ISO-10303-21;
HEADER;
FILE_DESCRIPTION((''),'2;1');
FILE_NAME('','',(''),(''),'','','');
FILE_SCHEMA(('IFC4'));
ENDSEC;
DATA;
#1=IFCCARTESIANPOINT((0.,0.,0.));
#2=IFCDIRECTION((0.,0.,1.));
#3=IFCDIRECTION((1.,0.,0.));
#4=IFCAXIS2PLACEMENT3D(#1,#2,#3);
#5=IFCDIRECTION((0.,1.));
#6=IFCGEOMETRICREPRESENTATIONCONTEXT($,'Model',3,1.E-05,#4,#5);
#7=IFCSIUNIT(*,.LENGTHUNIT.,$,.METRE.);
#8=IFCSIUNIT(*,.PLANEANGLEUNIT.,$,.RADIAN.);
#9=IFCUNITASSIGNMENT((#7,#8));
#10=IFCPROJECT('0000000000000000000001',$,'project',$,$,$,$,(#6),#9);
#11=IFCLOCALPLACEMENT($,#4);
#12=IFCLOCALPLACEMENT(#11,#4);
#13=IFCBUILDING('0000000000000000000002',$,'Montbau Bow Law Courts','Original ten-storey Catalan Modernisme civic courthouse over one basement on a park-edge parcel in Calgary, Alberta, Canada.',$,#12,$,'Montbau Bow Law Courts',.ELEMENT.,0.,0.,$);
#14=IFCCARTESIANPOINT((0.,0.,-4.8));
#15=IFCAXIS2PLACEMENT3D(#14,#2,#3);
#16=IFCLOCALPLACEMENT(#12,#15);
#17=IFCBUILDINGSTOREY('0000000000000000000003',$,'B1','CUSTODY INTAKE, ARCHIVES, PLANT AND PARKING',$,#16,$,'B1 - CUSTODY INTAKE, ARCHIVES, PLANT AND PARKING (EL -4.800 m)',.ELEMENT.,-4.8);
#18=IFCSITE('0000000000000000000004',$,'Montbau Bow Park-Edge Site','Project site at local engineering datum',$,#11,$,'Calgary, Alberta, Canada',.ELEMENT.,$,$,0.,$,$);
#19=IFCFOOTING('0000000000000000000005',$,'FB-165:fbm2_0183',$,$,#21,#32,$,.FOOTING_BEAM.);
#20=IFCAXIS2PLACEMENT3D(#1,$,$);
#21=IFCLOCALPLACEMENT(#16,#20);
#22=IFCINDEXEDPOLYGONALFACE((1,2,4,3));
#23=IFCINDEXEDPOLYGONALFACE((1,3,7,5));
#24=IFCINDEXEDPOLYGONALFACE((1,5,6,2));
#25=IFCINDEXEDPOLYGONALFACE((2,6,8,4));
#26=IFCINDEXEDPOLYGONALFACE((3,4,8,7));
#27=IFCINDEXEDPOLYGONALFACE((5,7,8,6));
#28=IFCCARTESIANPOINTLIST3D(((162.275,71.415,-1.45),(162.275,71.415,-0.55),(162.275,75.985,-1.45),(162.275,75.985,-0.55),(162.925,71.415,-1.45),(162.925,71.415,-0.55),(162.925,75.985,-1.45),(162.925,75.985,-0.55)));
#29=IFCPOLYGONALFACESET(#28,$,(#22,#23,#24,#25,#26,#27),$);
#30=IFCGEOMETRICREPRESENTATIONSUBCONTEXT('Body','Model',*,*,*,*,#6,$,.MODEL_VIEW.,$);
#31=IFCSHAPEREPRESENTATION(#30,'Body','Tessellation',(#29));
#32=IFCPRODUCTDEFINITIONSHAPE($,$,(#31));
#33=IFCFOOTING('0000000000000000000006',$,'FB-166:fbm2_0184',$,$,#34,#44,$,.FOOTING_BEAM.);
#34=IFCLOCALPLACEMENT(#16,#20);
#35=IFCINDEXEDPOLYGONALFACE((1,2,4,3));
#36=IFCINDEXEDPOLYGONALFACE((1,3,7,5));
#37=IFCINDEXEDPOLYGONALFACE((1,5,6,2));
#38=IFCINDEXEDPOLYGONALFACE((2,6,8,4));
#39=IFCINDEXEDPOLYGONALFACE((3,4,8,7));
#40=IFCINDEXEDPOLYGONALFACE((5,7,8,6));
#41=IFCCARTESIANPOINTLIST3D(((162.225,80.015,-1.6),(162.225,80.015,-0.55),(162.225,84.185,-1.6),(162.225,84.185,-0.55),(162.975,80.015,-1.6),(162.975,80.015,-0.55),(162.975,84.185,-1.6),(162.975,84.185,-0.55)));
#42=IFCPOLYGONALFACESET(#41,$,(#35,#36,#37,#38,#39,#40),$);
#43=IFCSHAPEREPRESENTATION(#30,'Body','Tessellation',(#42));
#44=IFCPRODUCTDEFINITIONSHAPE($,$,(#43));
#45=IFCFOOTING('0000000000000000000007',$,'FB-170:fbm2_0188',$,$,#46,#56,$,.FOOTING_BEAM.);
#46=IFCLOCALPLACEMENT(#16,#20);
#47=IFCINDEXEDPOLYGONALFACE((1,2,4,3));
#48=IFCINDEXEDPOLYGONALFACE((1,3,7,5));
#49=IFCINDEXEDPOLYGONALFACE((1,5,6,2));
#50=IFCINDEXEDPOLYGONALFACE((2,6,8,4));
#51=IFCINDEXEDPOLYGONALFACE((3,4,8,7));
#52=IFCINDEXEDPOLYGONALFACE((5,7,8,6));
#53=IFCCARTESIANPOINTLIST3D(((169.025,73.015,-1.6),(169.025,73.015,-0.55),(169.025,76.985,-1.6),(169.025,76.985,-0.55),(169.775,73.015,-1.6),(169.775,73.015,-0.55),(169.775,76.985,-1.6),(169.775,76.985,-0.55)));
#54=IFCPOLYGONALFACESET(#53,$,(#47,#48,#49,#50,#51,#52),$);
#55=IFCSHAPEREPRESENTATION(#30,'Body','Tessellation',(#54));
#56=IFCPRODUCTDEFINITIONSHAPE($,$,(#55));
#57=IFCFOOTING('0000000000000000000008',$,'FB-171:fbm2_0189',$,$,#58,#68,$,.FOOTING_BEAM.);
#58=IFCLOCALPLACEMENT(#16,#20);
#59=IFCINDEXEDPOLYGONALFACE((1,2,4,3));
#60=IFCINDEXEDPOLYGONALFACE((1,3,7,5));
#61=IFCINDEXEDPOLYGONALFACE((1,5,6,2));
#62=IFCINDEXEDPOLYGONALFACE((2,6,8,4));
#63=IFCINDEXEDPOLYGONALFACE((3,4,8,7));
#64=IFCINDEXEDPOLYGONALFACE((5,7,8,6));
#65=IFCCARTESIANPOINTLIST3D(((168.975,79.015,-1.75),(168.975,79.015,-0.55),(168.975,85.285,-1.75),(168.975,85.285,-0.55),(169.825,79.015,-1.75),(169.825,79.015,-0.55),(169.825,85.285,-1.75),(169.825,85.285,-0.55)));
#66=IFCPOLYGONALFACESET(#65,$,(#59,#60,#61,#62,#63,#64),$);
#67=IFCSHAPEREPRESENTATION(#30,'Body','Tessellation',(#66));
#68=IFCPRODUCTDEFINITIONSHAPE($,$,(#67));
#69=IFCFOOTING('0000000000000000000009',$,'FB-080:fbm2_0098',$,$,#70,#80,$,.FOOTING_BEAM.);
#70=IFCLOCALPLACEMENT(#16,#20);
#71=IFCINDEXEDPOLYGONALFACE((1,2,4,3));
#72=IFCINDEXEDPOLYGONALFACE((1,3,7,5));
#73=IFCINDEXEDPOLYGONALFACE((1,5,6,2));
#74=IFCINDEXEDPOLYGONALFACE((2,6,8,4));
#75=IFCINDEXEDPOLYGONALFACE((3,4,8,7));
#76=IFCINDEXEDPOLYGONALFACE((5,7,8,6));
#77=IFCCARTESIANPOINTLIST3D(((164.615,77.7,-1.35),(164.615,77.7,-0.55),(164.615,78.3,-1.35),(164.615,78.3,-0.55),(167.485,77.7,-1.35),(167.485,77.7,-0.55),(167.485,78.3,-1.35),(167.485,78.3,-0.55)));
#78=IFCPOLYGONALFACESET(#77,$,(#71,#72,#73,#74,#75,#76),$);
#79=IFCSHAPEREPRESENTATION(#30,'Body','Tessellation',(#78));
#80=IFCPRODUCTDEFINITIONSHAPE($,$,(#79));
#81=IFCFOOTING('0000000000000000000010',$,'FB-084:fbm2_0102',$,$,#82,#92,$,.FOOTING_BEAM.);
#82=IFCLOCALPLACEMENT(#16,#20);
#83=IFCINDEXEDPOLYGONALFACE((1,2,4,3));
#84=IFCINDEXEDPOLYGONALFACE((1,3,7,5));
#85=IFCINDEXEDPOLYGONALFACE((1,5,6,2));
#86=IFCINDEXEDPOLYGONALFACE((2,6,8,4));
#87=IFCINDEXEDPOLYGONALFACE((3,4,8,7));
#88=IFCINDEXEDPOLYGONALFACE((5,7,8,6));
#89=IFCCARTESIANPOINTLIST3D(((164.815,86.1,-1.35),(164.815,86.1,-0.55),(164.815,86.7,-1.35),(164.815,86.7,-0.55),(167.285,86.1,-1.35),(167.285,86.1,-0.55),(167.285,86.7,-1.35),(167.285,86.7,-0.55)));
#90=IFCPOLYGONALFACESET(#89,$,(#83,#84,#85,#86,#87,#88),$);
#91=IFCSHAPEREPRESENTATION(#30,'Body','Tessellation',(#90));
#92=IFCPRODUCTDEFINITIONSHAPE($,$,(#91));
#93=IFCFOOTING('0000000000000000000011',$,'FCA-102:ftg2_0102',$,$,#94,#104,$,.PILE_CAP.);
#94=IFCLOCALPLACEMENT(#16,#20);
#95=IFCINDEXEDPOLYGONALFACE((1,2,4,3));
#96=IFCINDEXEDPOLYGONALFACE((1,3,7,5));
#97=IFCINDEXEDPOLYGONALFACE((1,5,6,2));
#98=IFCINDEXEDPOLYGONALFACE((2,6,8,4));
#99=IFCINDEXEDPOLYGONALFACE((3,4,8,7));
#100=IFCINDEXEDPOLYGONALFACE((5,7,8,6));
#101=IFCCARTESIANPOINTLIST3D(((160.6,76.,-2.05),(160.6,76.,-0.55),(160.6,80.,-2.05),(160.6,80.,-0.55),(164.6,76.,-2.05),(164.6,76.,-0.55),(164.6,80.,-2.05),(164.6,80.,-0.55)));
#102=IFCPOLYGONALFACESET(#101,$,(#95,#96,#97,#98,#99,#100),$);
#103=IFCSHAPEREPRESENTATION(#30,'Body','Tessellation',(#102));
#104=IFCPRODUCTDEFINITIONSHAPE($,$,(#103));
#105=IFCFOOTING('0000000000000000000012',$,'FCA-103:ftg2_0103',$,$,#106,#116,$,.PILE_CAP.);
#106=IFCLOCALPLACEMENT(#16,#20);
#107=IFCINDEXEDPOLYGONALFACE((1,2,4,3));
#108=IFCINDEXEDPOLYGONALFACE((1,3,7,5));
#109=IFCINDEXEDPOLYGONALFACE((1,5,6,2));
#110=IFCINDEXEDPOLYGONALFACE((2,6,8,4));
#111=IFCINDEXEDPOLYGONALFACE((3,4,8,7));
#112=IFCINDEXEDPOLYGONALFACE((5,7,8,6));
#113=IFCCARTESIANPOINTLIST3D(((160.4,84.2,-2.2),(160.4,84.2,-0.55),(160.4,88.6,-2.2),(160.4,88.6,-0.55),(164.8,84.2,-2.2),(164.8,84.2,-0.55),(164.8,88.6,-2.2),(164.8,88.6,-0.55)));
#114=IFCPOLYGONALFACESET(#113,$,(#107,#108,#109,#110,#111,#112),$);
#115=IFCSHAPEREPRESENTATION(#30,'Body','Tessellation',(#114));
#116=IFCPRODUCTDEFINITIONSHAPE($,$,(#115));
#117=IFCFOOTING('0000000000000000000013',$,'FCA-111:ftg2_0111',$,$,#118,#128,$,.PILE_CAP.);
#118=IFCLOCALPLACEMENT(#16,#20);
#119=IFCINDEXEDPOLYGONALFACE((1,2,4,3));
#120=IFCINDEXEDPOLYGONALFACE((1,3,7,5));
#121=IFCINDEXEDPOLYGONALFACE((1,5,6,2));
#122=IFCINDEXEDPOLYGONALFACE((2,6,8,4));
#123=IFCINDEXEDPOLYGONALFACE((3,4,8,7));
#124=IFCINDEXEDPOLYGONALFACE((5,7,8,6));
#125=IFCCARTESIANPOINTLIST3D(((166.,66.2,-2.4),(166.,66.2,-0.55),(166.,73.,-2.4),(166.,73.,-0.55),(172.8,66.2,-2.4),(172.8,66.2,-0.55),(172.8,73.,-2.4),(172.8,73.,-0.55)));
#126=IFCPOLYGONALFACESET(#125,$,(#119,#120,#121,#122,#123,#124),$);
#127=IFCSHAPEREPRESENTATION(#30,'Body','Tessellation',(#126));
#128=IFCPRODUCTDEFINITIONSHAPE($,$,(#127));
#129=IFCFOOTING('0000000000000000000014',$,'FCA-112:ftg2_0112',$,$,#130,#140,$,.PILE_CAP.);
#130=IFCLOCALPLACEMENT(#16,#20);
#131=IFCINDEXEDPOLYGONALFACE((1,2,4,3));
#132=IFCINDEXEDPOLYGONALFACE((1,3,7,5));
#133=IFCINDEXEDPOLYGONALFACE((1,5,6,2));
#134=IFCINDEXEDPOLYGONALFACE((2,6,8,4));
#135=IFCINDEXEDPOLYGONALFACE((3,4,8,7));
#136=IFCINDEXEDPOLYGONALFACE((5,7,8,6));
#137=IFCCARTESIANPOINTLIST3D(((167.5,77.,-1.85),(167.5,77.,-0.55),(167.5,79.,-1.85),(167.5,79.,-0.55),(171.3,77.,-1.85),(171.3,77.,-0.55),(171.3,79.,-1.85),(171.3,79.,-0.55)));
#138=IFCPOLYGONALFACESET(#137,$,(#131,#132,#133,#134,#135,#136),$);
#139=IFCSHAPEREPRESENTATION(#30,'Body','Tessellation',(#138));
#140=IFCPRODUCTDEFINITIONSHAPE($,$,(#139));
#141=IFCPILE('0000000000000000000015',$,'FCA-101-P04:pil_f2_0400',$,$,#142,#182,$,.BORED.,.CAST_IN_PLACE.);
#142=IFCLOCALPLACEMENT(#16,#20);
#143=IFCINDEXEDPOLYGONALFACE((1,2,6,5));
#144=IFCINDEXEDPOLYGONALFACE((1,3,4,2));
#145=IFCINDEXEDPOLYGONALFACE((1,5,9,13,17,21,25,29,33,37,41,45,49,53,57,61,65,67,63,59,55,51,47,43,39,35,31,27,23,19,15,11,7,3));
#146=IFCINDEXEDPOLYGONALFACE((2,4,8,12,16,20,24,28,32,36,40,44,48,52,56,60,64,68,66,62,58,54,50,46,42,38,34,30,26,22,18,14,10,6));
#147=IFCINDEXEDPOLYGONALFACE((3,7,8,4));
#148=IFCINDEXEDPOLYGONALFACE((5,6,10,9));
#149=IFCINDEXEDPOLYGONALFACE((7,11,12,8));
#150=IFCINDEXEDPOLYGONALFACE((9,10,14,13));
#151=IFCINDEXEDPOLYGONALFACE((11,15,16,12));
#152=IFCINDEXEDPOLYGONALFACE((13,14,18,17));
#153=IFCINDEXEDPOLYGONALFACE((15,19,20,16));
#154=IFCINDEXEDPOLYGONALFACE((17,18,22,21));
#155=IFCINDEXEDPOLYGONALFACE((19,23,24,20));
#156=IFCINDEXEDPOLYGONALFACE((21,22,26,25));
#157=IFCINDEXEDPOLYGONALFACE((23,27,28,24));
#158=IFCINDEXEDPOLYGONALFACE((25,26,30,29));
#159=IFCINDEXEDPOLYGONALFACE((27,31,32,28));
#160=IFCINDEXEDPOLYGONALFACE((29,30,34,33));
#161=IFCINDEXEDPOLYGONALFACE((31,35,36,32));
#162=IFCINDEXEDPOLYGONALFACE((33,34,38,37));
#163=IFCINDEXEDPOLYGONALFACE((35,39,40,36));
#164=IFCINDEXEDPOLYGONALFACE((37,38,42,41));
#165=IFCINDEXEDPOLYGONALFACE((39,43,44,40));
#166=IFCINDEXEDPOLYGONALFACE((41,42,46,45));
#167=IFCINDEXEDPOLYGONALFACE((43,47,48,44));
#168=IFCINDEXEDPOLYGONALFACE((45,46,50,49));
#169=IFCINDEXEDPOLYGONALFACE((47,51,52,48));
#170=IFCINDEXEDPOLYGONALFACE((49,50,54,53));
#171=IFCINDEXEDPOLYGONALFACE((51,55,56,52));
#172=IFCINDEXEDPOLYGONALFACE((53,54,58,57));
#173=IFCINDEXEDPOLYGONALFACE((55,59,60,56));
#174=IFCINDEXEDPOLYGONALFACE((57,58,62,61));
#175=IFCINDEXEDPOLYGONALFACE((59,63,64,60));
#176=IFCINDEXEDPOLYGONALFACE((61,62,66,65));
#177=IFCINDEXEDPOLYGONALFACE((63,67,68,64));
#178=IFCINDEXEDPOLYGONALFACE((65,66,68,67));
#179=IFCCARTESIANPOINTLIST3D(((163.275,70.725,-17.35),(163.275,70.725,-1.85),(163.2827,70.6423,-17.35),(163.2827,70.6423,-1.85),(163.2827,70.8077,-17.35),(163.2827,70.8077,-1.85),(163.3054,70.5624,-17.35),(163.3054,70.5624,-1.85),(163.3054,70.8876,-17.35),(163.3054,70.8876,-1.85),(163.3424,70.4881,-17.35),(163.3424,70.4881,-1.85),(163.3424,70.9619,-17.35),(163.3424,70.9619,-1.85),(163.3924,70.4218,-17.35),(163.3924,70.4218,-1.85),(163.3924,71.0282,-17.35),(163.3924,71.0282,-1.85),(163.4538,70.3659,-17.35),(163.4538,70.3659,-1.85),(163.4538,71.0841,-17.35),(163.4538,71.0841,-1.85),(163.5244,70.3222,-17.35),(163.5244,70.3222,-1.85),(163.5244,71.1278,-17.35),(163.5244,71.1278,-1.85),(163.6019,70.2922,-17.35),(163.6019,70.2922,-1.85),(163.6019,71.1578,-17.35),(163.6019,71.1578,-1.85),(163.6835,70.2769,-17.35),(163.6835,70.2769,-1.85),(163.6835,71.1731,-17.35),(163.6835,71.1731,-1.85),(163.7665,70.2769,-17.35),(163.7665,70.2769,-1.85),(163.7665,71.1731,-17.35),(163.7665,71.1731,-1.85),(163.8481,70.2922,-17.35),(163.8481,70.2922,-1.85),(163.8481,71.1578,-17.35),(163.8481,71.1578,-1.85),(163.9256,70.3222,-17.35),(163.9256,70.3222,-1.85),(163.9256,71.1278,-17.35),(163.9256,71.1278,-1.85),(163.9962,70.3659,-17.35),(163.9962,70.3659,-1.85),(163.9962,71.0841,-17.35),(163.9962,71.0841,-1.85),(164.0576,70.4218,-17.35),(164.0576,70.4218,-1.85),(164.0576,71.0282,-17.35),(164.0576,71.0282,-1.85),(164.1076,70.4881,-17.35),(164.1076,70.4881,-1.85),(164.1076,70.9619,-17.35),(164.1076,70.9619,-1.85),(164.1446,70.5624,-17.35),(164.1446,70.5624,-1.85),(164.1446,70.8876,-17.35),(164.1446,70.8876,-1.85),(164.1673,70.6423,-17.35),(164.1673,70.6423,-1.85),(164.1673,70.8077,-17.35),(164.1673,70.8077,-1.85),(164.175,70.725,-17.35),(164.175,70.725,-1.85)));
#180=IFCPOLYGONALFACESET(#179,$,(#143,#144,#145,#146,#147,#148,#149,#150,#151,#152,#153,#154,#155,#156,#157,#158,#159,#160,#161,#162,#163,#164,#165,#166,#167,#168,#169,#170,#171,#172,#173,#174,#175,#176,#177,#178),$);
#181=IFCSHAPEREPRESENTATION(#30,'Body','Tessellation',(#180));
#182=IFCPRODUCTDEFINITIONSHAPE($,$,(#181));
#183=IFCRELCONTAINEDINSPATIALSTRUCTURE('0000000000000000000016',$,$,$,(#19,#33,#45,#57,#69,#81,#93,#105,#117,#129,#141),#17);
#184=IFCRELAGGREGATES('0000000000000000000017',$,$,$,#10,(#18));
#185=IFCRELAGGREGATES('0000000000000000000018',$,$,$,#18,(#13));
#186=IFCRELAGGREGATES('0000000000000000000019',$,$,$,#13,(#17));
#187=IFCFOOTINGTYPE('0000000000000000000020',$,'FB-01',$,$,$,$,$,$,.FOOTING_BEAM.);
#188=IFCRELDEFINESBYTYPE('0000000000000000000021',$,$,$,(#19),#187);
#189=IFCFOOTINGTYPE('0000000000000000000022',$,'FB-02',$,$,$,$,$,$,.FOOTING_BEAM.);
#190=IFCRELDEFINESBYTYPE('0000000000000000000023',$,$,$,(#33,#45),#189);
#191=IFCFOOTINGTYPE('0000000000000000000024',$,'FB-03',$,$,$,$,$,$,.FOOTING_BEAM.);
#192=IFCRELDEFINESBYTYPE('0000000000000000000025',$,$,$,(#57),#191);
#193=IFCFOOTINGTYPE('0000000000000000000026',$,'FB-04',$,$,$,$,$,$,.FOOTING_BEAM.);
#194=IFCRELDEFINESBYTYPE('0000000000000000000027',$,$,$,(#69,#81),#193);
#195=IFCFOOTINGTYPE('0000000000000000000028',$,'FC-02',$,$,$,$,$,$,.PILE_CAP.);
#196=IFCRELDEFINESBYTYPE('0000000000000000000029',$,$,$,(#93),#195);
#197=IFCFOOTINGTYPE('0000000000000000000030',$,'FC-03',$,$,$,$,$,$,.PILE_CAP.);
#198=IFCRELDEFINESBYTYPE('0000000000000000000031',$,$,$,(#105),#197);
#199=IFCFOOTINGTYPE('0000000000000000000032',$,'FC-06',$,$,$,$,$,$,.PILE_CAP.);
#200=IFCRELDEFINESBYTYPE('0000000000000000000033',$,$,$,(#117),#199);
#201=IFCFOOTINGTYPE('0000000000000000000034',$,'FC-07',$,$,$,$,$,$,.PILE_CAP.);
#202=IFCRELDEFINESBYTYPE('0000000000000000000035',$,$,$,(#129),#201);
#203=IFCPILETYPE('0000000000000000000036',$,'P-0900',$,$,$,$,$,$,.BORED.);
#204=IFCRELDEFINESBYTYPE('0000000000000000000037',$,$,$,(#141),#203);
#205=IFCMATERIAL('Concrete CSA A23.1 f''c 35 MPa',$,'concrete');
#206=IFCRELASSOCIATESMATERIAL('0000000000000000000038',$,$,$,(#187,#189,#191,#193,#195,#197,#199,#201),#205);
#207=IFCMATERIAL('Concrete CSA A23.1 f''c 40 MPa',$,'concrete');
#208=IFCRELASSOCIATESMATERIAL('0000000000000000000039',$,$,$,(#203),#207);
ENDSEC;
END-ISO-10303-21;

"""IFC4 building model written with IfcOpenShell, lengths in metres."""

from ifc_helpers import new_model, si_unit, direction, frame, origin_with_axes, origin_2d_with_axis, place, context, subcontext, project, spatial, rectangle, circle, extrude, material, material_profile, profile_set, type_object, element, save


model = new_model("IFC4")

# Units and contexts
model_context = context("Model", 3, precision=1e-05, world=origin_with_axes(), true_north=direction((0.0, 1.0)))
body_context = subcontext(model_context, "Body", "Model", "MODEL_VIEW")
ifc_project = project(units=[si_unit("LENGTHUNIT", "METRE"), si_unit("PLANEANGLEUNIT", "RADIAN")], contexts=[model_context])

# Site, building, storey
site_placement = place(None, origin_with_axes())
site = spatial("IfcSite", under=ifc_project, at=site_placement, Name="Montbau Bow Park-Edge Site", Description="Project site at local engineering datum", LongName="Calgary, Alberta, Canada", CompositionType="ELEMENT", RefElevation=0.0)
building_placement = place(site_placement, origin_with_axes())
building = spatial("IfcBuilding", under=site, at=building_placement, Name="Montbau Bow Law Courts", Description="Original ten-storey Catalan Modernisme civic courthouse over one basement on a park-edge parcel in Calgary, Alberta, Canada.", LongName="Montbau Bow Law Courts", CompositionType="ELEMENT", ElevationOfRefHeight=0.0, ElevationOfTerrain=0.0)
storey_placement = place(building_placement, frame((0.0, 0.0, -4.8), z_axis=(0.0, 0.0, 1.0), x_axis=(1.0, 0.0, 0.0)))
storey = spatial("IfcBuildingStorey", under=building, at=storey_placement, Name="B1", Description="CUSTODY INTAKE, ARCHIVES, PLANT AND PARKING", LongName="B1 - CUSTODY INTAKE, ARCHIVES, PLANT AND PARKING (EL -4.800 m)", CompositionType="ELEMENT", Elevation=-4.8)

# Footings
ifc_material_1 = material(Name="Concrete CSA A23.1 f'c 35 MPa", Category="concrete")
footing_type_1 = type_object("IfcFootingType", Name="FB-01", PredefinedType="FOOTING_BEAM", material=ifc_material_1)
footing_1_placement = place(None, frame((162.6, 73.7, -6.25), z_axis=(0.0, 0.0, 1.0), x_axis=(0.0, 1.0, 0.0)))
element("IfcFooting", 1, at=footing_1_placement, inside=storey, type_object=footing_type_1, Name="FB-165:fbm2_0183", PredefinedType="FOOTING_BEAM", context=body_context, shape_type="SweptSolid", body=[
    extrude(rectangle(XDim=4.57, YDim=0.65, at=origin_2d_with_axis()), origin_with_axes(), (0.0, 0.0, 1.0), 0.9),
])
footing_type_2 = type_object("IfcFootingType", Name="FB-02", PredefinedType="FOOTING_BEAM", material=ifc_material_1)
footing_2_placement = place(None, frame((162.6, 82.1, -6.4), z_axis=(0.0, 0.0, 1.0), x_axis=(0.0, 1.0, 0.0)))
element("IfcFooting", 2, at=footing_2_placement, inside=storey, type_object=footing_type_2, Name="FB-166:fbm2_0184", PredefinedType="FOOTING_BEAM", context=body_context, shape_type="SweptSolid", body=[
    extrude(rectangle(XDim=4.17, YDim=0.75, at=origin_2d_with_axis()), origin_with_axes(), (0.0, 0.0, 1.0), 1.05),
])
footing_3_placement = place(None, frame((169.4, 75.0, -6.4), z_axis=(0.0, 0.0, 1.0), x_axis=(0.0, 1.0, 0.0)))
element("IfcFooting", 3, at=footing_3_placement, inside=storey, type_object=footing_type_2, Name="FB-170:fbm2_0188", PredefinedType="FOOTING_BEAM", context=body_context, shape_type="SweptSolid", body=[
    extrude(rectangle(XDim=3.97, YDim=0.75, at=origin_2d_with_axis()), origin_with_axes(), (0.0, 0.0, 1.0), 1.05),
])
footing_type_3 = type_object("IfcFootingType", Name="FB-03", PredefinedType="FOOTING_BEAM", material=ifc_material_1)
footing_4_placement = place(None, frame((169.4, 82.15, -6.55), z_axis=(0.0, 0.0, 1.0), x_axis=(0.0, 1.0, 0.0)))
element("IfcFooting", 4, at=footing_4_placement, inside=storey, type_object=footing_type_3, Name="FB-171:fbm2_0189", PredefinedType="FOOTING_BEAM", context=body_context, shape_type="SweptSolid", body=[
    extrude(rectangle(XDim=6.27, YDim=0.85, at=origin_2d_with_axis()), origin_with_axes(), (0.0, 0.0, 1.0), 1.2),
])
footing_type_4 = type_object("IfcFootingType", Name="FB-04", PredefinedType="FOOTING_BEAM", material=ifc_material_1)
footing_5_placement = place(None, frame((166.05, 78.0, -6.15), z_axis=(0.0, 0.0, 1.0), x_axis=(1.0, 0.0, 0.0)))
element("IfcFooting", 5, at=footing_5_placement, inside=storey, type_object=footing_type_4, Name="FB-080:fbm2_0098", PredefinedType="FOOTING_BEAM", context=body_context, shape_type="SweptSolid", body=[
    extrude(rectangle(XDim=2.87, YDim=0.6, at=origin_2d_with_axis()), origin_with_axes(), (0.0, 0.0, 1.0), 0.8),
])
footing_6_placement = place(None, frame((166.05, 86.4, -6.15), z_axis=(0.0, 0.0, 1.0), x_axis=(1.0, 0.0, 0.0)))
element("IfcFooting", 6, at=footing_6_placement, inside=storey, type_object=footing_type_4, Name="FB-084:fbm2_0102", PredefinedType="FOOTING_BEAM", context=body_context, shape_type="SweptSolid", body=[
    extrude(rectangle(XDim=2.47, YDim=0.6, at=origin_2d_with_axis()), origin_with_axes(), (0.0, 0.0, 1.0), 0.8),
])
footing_type_5 = type_object("IfcFootingType", Name="FC-02", PredefinedType="PILE_CAP", material=ifc_material_1)
footing_7_placement = place(None, frame((162.6, 78.0, -6.85), z_axis=(0.0, 0.0, 1.0), x_axis=(1.0, 0.0, 0.0)))
element("IfcFooting", 7, at=footing_7_placement, inside=storey, type_object=footing_type_5, Name="FCA-102:ftg2_0102", PredefinedType="PILE_CAP", context=body_context, shape_type="SweptSolid", body=[
    extrude(rectangle(XDim=4.0, YDim=4.0, at=origin_2d_with_axis()), origin_with_axes(), (0.0, 0.0, 1.0), 1.5),
])
footing_type_6 = type_object("IfcFootingType", Name="FC-03", PredefinedType="PILE_CAP", material=ifc_material_1)
footing_8_placement = place(None, frame((162.6, 86.4, -7.0), z_axis=(0.0, 0.0, 1.0), x_axis=(1.0, 0.0, 0.0)))
element("IfcFooting", 8, at=footing_8_placement, inside=storey, type_object=footing_type_6, Name="FCA-103:ftg2_0103", PredefinedType="PILE_CAP", context=body_context, shape_type="SweptSolid", body=[
    extrude(rectangle(XDim=4.4, YDim=4.4, at=origin_2d_with_axis()), origin_with_axes(), (0.0, 0.0, 1.0), 1.65),
])
footing_type_7 = type_object("IfcFootingType", Name="FC-06", PredefinedType="PILE_CAP", material=ifc_material_1)
footing_9_placement = place(None, frame((169.4, 69.6, -7.2), z_axis=(0.0, 0.0, 1.0), x_axis=(1.0, 0.0, 0.0)))
element("IfcFooting", 9, at=footing_9_placement, inside=storey, type_object=footing_type_7, Name="FCA-111:ftg2_0111", PredefinedType="PILE_CAP", context=body_context, shape_type="SweptSolid", body=[
    extrude(rectangle(XDim=6.8, YDim=6.8, at=origin_2d_with_axis()), origin_with_axes(), (0.0, 0.0, 1.0), 1.85),
])
footing_type_8 = type_object("IfcFootingType", Name="FC-07", PredefinedType="PILE_CAP", material=ifc_material_1)
footing_10_placement = place(None, frame((169.4, 78.0, -6.65), z_axis=(0.0, 0.0, 1.0), x_axis=(1.0, 0.0, 0.0)))
element("IfcFooting", 10, at=footing_10_placement, inside=storey, type_object=footing_type_8, Name="FCA-112:ftg2_0112", PredefinedType="PILE_CAP", context=body_context, shape_type="SweptSolid", body=[
    extrude(rectangle(XDim=3.8, YDim=2.0, at=origin_2d_with_axis()), origin_with_axes(), (0.0, 0.0, 1.0), 1.3),
])

# Pile
ifc_material_2 = material(Name="Concrete CSA A23.1 f'c 40 MPa", Category="concrete")
ifc_material_profile_1 = material_profile(ifc_material_2, circle(Radius=0.45, at=origin_2d_with_axis()), Name="BP900", Category="Main", Priority=0)
ifc_profile_set_1 = profile_set([ifc_material_profile_1], Name="Concrete CSA A23.1 f'c 40 MPa")
pile_type_1 = type_object("IfcPileType", Name="P-0900", PredefinedType="BORED", material=ifc_profile_set_1)
for number, where, z_axis, x_axis, name in (
    (11, (163.725, 70.725, -22.15), (0.0, 0.0, 1.0), (1.0, 0.0, 0.0), "FCA-101-P04:pil_f2_0400"),
):
    element("IfcPile", number, at=place(None, frame(where, z_axis=z_axis, x_axis=x_axis)), inside=storey, type_object=pile_type_1, Name=name, ConstructionType="CAST_IN_PLACE", PredefinedType="BORED", context=body_context, shape_type="SweptSolid", body=[
        extrude(circle(Radius=0.45, at=origin_2d_with_axis()), origin_with_axes(), (0.0, 0.0, 1.0), 15.5),
    ])

save(model, "model.ifc")
